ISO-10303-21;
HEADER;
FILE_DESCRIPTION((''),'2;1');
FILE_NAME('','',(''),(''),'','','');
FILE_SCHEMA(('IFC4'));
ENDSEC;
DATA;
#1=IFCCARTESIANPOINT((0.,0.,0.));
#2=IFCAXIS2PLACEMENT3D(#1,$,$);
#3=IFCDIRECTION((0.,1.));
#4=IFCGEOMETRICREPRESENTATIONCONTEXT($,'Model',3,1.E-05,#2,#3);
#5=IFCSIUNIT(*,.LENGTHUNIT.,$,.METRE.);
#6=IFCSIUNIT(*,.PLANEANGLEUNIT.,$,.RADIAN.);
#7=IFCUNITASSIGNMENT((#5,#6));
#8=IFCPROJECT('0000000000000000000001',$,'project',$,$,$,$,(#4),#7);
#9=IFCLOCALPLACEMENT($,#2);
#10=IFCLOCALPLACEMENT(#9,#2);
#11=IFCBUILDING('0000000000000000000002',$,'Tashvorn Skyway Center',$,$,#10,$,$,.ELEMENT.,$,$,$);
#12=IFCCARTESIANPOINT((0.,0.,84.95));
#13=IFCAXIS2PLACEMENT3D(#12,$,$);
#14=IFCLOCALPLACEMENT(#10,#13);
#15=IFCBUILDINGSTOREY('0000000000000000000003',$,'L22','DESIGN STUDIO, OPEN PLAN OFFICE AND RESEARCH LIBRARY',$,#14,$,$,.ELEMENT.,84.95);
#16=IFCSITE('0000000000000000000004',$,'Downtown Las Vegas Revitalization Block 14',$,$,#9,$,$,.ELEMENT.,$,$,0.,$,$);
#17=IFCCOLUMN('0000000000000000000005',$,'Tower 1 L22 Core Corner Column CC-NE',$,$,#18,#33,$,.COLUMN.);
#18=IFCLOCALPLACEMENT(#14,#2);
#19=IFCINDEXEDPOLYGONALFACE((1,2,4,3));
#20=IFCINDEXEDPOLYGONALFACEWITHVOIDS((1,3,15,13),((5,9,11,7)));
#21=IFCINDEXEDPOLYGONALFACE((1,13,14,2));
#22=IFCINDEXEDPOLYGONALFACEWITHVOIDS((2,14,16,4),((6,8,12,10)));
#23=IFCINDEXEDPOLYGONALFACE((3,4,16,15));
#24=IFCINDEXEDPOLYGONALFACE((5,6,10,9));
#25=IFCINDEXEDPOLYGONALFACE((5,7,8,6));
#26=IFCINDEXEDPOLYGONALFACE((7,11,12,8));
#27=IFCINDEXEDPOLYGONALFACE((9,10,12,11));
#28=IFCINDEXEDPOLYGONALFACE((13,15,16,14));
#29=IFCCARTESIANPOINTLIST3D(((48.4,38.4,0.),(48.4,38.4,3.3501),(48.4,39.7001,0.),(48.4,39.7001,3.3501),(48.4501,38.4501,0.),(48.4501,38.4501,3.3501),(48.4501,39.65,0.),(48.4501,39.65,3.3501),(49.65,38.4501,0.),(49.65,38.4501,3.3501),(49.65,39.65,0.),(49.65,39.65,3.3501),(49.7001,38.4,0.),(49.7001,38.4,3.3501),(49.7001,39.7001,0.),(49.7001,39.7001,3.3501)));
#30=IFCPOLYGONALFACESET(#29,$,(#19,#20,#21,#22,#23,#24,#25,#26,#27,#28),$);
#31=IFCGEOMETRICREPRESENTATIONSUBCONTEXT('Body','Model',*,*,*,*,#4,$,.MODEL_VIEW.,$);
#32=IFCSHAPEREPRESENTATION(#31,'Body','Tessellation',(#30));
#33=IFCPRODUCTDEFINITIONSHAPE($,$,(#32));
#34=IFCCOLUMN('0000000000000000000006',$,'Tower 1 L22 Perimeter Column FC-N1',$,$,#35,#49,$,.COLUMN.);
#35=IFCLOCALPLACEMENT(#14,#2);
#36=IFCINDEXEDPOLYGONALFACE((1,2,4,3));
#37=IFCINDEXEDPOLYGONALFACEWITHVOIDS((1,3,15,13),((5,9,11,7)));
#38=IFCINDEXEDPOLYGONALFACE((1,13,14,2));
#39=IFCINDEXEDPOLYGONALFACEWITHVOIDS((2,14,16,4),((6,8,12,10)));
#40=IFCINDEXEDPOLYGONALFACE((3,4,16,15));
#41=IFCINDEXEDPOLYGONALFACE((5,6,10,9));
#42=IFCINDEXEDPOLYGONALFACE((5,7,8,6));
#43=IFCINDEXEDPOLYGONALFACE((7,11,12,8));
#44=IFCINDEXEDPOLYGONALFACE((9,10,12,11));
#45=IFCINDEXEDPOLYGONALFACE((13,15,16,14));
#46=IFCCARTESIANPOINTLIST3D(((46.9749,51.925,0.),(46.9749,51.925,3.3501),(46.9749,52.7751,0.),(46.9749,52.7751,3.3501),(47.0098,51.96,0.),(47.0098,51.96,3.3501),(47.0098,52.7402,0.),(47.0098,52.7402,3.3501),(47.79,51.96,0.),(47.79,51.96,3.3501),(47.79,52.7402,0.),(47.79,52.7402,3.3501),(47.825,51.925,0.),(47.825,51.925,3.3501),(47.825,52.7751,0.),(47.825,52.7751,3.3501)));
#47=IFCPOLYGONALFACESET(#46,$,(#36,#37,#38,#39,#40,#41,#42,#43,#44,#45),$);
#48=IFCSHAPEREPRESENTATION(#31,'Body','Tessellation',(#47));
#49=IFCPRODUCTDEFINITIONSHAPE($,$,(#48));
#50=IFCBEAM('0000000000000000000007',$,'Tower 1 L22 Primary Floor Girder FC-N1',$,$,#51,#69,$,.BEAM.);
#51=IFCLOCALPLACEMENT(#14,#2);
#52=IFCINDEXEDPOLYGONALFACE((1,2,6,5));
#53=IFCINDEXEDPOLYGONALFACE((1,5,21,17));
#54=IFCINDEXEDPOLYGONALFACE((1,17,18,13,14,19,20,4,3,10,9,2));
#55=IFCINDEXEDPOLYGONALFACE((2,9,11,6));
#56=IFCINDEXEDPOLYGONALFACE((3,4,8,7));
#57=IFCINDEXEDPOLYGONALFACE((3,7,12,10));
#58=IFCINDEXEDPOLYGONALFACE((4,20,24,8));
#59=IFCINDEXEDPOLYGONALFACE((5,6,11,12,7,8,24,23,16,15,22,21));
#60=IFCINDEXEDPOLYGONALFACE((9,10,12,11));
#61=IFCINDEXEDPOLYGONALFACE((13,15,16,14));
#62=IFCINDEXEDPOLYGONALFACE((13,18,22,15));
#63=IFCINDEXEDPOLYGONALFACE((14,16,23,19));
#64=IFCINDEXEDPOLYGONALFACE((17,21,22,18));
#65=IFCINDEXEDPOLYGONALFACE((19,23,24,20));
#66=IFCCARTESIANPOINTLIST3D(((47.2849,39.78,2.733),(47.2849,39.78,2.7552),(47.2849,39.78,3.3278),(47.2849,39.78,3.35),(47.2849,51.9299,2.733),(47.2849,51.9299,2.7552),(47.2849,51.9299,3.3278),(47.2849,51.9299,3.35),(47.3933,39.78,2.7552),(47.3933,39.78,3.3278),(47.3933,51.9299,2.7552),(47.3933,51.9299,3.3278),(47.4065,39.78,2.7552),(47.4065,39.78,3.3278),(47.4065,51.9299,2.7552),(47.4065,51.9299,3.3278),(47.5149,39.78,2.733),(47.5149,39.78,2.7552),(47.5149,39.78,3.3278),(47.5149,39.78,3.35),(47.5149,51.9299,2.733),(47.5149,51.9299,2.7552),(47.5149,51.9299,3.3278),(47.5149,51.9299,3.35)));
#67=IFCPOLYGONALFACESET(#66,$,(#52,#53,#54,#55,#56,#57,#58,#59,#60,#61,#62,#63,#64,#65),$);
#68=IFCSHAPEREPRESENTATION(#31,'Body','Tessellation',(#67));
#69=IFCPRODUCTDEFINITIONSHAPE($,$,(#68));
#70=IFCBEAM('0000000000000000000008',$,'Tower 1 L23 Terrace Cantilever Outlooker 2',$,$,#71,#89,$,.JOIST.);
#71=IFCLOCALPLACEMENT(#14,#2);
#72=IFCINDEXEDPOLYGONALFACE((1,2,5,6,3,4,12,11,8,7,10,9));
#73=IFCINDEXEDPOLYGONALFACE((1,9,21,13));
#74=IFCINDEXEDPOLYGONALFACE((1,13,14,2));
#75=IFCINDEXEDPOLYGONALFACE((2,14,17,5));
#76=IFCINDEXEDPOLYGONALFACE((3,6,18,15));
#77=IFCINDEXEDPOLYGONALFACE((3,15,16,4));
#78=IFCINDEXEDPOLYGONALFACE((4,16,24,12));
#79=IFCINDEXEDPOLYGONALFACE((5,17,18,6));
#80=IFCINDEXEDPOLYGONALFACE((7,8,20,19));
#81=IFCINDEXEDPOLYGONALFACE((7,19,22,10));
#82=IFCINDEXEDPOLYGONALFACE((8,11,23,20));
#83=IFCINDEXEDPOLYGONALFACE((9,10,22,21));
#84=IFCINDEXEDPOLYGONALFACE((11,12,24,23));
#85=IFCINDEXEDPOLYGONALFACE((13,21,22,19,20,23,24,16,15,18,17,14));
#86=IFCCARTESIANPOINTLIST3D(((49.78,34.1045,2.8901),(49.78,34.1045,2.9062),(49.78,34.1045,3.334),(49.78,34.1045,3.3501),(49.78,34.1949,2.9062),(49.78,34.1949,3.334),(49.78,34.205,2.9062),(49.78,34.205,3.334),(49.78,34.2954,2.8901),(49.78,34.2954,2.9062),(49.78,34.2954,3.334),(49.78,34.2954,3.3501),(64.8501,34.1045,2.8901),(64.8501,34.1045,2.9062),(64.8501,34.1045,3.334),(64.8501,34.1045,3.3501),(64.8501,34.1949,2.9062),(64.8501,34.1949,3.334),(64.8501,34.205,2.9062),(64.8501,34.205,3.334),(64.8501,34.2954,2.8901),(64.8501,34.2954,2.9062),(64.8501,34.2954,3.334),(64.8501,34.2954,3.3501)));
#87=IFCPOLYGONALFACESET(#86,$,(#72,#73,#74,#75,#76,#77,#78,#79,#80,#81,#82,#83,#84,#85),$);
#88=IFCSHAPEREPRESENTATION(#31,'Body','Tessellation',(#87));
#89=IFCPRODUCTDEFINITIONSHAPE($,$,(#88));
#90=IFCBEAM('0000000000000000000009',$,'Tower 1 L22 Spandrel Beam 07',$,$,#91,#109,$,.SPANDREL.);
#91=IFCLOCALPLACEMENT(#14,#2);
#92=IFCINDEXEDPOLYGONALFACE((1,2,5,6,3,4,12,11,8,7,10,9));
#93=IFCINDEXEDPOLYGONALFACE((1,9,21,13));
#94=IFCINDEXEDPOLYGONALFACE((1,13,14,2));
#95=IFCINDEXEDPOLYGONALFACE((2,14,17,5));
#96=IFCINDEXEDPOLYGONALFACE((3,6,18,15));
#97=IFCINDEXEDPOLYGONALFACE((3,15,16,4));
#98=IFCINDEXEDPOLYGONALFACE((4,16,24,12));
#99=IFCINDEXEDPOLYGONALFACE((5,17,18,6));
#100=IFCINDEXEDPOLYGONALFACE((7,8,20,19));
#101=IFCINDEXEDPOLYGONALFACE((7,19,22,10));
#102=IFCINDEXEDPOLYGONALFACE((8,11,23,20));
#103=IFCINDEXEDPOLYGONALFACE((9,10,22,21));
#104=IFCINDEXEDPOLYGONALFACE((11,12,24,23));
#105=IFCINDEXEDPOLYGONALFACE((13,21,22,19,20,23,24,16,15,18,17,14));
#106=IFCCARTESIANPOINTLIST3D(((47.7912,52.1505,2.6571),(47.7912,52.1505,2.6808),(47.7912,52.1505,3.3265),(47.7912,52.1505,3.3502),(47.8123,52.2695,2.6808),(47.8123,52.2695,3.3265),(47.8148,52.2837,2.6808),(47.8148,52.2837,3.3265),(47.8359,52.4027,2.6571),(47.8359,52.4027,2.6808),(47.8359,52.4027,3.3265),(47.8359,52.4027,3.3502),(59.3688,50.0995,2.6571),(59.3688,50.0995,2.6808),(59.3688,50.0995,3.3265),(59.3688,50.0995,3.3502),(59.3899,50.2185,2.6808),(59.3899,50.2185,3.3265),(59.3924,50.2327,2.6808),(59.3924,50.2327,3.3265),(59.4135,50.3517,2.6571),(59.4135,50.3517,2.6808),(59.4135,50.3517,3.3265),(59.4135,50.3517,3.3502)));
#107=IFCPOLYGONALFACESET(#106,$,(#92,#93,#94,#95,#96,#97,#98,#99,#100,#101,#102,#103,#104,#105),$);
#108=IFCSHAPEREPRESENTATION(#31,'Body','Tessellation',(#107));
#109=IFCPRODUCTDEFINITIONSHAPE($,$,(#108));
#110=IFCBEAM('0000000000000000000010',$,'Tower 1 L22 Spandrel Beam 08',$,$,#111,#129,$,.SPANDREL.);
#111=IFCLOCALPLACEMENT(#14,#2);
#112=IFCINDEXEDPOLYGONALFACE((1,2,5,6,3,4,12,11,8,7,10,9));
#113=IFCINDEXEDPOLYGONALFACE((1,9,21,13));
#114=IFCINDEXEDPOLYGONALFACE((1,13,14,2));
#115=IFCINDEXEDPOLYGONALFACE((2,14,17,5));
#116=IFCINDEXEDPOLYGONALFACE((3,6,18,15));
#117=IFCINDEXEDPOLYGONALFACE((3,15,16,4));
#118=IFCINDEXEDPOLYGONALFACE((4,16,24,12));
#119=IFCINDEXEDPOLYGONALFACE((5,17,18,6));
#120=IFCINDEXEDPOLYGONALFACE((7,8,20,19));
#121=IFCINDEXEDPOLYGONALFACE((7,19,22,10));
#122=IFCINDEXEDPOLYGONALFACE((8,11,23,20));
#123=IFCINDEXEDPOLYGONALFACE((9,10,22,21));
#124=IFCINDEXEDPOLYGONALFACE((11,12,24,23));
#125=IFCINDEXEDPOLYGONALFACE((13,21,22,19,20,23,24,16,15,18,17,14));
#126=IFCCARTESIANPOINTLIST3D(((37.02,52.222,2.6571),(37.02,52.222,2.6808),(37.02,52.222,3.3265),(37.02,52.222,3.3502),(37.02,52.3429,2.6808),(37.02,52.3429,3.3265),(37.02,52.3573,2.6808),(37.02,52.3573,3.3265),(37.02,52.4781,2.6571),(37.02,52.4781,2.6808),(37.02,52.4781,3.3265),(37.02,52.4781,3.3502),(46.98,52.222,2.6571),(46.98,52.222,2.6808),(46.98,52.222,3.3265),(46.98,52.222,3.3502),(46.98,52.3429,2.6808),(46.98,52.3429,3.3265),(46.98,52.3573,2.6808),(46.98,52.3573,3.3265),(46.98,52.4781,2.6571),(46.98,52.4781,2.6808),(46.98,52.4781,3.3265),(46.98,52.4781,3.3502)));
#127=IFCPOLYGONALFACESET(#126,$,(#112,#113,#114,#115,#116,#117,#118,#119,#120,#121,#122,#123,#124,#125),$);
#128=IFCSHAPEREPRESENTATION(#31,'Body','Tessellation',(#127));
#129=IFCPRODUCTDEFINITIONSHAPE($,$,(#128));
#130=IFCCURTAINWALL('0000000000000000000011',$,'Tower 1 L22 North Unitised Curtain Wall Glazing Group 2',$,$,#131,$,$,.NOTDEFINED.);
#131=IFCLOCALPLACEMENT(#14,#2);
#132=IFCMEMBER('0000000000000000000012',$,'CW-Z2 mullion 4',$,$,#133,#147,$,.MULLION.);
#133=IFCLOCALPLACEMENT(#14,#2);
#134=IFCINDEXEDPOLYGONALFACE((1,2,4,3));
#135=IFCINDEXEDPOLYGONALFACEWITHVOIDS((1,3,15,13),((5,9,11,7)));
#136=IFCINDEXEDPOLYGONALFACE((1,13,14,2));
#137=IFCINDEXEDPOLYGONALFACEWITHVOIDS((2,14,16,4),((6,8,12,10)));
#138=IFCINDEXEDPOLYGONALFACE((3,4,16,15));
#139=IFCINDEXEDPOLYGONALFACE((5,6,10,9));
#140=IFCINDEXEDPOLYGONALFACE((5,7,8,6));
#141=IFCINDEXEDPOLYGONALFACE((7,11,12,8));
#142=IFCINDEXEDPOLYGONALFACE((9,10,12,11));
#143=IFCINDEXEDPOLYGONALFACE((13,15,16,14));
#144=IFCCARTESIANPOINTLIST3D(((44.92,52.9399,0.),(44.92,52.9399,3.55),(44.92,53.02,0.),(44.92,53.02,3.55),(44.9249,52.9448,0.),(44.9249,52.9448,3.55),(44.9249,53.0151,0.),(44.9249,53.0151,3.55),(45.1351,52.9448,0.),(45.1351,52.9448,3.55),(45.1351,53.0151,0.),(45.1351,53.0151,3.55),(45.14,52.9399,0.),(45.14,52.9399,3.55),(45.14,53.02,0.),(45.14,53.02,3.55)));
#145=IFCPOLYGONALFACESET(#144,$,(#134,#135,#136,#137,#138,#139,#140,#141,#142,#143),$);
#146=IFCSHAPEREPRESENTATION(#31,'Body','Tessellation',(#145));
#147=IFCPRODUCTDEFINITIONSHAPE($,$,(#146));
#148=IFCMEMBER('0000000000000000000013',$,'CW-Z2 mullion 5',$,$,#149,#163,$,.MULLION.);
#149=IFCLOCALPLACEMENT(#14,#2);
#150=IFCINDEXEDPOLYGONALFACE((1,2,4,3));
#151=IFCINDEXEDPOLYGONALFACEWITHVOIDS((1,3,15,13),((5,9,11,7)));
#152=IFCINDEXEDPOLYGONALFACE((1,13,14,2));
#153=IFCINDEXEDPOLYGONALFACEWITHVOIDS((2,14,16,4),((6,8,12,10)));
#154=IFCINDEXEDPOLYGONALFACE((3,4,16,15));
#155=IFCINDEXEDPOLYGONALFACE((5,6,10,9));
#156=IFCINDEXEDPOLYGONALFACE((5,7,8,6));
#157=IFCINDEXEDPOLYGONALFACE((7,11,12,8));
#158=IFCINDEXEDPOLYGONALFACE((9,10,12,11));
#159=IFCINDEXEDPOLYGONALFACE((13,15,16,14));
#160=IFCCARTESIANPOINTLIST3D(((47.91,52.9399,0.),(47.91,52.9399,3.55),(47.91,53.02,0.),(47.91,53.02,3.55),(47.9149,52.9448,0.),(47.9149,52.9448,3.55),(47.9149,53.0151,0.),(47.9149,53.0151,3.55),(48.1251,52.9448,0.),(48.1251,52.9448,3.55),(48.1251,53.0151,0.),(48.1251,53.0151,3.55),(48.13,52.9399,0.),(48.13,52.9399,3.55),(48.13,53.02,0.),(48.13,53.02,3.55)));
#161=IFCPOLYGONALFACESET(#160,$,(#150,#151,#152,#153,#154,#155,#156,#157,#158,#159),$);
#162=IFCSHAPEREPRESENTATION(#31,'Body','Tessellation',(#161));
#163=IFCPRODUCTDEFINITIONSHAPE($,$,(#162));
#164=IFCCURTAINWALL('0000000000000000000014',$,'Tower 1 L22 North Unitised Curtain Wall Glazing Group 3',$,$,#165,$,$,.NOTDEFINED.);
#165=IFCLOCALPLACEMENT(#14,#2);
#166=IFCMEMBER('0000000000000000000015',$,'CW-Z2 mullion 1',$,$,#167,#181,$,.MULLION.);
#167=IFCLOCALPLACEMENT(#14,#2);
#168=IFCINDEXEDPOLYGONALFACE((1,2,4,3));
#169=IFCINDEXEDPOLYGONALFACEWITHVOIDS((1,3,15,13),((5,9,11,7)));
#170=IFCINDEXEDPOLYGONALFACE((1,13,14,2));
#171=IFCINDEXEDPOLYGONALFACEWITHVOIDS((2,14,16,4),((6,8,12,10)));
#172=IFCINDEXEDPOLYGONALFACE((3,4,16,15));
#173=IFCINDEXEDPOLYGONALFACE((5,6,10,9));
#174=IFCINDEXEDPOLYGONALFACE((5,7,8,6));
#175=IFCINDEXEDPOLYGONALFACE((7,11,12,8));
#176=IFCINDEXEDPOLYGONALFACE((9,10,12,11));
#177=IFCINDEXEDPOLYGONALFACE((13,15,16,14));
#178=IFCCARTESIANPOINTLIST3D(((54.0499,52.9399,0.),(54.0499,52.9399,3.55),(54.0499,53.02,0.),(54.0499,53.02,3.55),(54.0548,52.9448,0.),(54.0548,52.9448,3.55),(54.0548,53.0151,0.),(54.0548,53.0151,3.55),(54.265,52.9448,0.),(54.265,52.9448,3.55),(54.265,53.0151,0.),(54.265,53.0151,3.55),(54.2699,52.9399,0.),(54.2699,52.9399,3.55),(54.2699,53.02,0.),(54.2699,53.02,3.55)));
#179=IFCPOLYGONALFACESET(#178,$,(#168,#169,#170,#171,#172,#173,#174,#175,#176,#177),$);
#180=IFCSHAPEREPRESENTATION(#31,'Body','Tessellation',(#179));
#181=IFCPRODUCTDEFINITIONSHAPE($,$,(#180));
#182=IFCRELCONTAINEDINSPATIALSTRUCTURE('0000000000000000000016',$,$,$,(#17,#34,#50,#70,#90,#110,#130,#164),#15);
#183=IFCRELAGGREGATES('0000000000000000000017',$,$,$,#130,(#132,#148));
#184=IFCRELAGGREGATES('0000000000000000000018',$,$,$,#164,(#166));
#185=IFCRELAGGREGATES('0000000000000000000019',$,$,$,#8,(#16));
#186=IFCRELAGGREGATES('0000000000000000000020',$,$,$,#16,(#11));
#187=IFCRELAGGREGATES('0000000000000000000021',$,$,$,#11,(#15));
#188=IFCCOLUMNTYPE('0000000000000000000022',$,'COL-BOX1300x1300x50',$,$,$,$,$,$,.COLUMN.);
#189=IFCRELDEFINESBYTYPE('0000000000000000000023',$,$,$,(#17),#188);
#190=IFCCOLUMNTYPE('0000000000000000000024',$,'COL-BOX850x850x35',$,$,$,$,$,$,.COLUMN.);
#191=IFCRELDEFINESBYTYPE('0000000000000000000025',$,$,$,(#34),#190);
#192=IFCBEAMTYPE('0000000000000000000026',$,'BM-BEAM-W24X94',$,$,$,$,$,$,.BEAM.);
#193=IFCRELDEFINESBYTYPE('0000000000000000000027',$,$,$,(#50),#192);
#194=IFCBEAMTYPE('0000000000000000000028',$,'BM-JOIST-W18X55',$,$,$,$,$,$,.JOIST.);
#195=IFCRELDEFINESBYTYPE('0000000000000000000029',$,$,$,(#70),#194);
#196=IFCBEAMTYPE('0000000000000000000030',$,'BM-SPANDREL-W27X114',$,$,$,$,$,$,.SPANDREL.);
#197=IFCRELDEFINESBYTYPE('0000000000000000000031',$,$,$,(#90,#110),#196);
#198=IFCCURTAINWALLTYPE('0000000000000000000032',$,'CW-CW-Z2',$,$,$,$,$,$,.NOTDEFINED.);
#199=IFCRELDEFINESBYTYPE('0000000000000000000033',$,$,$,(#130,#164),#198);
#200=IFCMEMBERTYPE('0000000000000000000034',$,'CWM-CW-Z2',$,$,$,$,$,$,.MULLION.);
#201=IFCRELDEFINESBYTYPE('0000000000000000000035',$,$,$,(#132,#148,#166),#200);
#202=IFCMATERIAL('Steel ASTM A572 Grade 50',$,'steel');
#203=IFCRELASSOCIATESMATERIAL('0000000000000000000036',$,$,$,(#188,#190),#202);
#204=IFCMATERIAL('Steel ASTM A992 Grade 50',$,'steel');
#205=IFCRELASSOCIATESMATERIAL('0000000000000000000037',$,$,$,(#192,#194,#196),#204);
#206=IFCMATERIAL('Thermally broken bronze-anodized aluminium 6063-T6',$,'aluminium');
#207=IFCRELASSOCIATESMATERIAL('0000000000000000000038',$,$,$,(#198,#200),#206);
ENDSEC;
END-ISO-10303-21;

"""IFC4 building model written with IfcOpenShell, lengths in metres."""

from ifc_helpers import new_model, si_unit, direction, frame, origin, origin_2d, place, context, subcontext, project, spatial, hollow_rectangle, i_section, extrude, material, material_profile, profile_set, type_object, element, aggregate, save


model = new_model("IFC4")

# Units and contexts
model_context = context("Model", 3, precision=1e-05, world=origin(), true_north=direction((0.0, 1.0)))
body_context = subcontext(model_context, "Body", "Model", "MODEL_VIEW")
ifc_project = project(units=[si_unit("LENGTHUNIT", "METRE"), si_unit("PLANEANGLEUNIT", "RADIAN")], contexts=[model_context])

# Site, building, storey
site_placement = place(None, origin())
site = spatial("IfcSite", under=ifc_project, at=site_placement, Name="Downtown Las Vegas Revitalization Block 14", CompositionType="ELEMENT", RefElevation=0.0)
building_placement = place(site_placement, origin())
building = spatial("IfcBuilding", under=site, at=building_placement, Name="Tashvorn Skyway Center", CompositionType="ELEMENT")
storey_placement = place(building_placement, frame((0.0, 0.0, 84.95)))
storey = spatial("IfcBuildingStorey", under=building, at=storey_placement, Name="L22", Description="DESIGN STUDIO, OPEN PLAN OFFICE AND RESEARCH LIBRARY", CompositionType="ELEMENT", Elevation=84.95)

# Columns
ifc_material_1 = material(Name="Steel ASTM A572 Grade 50", Category="steel")
ifc_material_profile_1 = material_profile(ifc_material_1, hollow_rectangle(XDim=1.3, YDim=1.3, WallThickness=0.05, at=origin_2d()), Name="BOX1300x1300x50")
ifc_profile_set_1 = profile_set([ifc_material_profile_1], Name="Steel ASTM A572 Grade 50")
column_type_1 = type_object("IfcColumnType", Name="COL-BOX1300x1300x50", PredefinedType="COLUMN", material=ifc_profile_set_1)
column_1_placement = place(storey_placement, frame((49.05, 39.05, 0.0), z_axis=(0.0, 0.0, 1.0), x_axis=(1.0, 0.0, 0.0)))
element("IfcColumn", 1, at=column_1_placement, inside=storey, type_object=column_type_1, Name="Tower 1 L22 Core Corner Column CC-NE", PredefinedType="COLUMN", context=body_context, shape_type="SweptSolid", body=[
    extrude(hollow_rectangle(XDim=1.3, YDim=1.3, WallThickness=0.05, at=origin_2d()), origin(), (0.0, 0.0, 1.0), 3.3501),
])
ifc_material_profile_2 = material_profile(ifc_material_1, hollow_rectangle(XDim=0.8501, YDim=0.8501, WallThickness=0.0349, at=origin_2d()), Name="BOX850x850x35")
ifc_profile_set_2 = profile_set([ifc_material_profile_2], Name="Steel ASTM A572 Grade 50")
column_type_2 = type_object("IfcColumnType", Name="COL-BOX850x850x35", PredefinedType="COLUMN", material=ifc_profile_set_2)
column_2_placement = place(storey_placement, frame((47.3999, 52.3501, 0.0), z_axis=(0.0, 0.0, 1.0), x_axis=(1.0, 0.0, 0.0)))
element("IfcColumn", 2, at=column_2_placement, inside=storey, type_object=column_type_2, Name="Tower 1 L22 Perimeter Column FC-N1", PredefinedType="COLUMN", context=body_context, shape_type="SweptSolid", body=[
    extrude(hollow_rectangle(XDim=0.8501, YDim=0.8501, WallThickness=0.0349, at=origin_2d()), origin(), (0.0, 0.0, 1.0), 3.3501),
])

# Beams
ifc_material_2 = material(Name="Steel ASTM A992 Grade 50", Category="steel")
ifc_material_profile_3 = material_profile(ifc_material_2, i_section(OverallWidth=0.23, OverallDepth=0.6169, WebThickness=0.0132, FlangeThickness=0.0222, at=origin_2d()), Name="W24X94")
ifc_profile_set_3 = profile_set([ifc_material_profile_3], Name="Steel ASTM A992 Grade 50")
beam_type_1 = type_object("IfcBeamType", Name="BM-BEAM-W24X94", PredefinedType="BEAM", material=ifc_profile_set_3)
beam_1_placement = place(storey_placement, frame((47.3999, 51.9299, 3.0415), z_axis=(0.0, -1.0, 0.0), x_axis=(1.0, 0.0, 0.0)))
element("IfcBeam", 3, at=beam_1_placement, inside=storey, type_object=beam_type_1, Name="Tower 1 L22 Primary Floor Girder FC-N1", PredefinedType="BEAM", context=body_context, shape_type="SweptSolid", body=[
    extrude(i_section(OverallWidth=0.23, OverallDepth=0.6169, WebThickness=0.0132, FlangeThickness=0.0222, at=origin_2d()), origin(), (0.0, 0.0, 1.0), 12.1499),
])
ifc_material_profile_4 = material_profile(ifc_material_2, i_section(OverallWidth=0.1909, OverallDepth=0.46, WebThickness=0.01, FlangeThickness=0.0161, at=origin_2d()), Name="W18X55")
ifc_profile_set_4 = profile_set([ifc_material_profile_4], Name="Steel ASTM A992 Grade 50")
beam_type_2 = type_object("IfcBeamType", Name="BM-JOIST-W18X55", PredefinedType="JOIST", material=ifc_profile_set_4)
beam_2_placement = place(storey_placement, frame((49.78, 34.2, 3.1201), z_axis=(1.0, 0.0, 0.0), x_axis=(0.0, 1.0, 0.0)))
element("IfcBeam", 4, at=beam_2_placement, inside=storey, type_object=beam_type_2, Name="Tower 1 L23 Terrace Cantilever Outlooker 2", PredefinedType="JOIST", context=body_context, shape_type="SweptSolid", body=[
    extrude(i_section(OverallWidth=0.1909, OverallDepth=0.46, WebThickness=0.01, FlangeThickness=0.0161, at=origin_2d()), origin(), (0.0, 0.0, 1.0), 15.0701),
])
ifc_material_profile_5 = material_profile(ifc_material_2, i_section(OverallWidth=0.2561, OverallDepth=0.6931, WebThickness=0.0144, FlangeThickness=0.0237, at=origin_2d()), Name="W27X114")
ifc_profile_set_5 = profile_set([ifc_material_profile_5], Name="Steel ASTM A992 Grade 50")
beam_type_3 = type_object("IfcBeamType", Name="BM-SPANDREL-W27X114", PredefinedType="SPANDREL", material=ifc_profile_set_5)
beam_3_placement = place(storey_placement, frame((59.3911, 50.2256, 3.0037), z_axis=(-0.984668, 0.174438, 0.0), x_axis=(-0.174438, -0.984668, 0.0)))
element("IfcBeam", 5, at=beam_3_placement, inside=storey, type_object=beam_type_3, Name="Tower 1 L22 Spandrel Beam 07", PredefinedType="SPANDREL", context=body_context, shape_type="SweptSolid", body=[
    extrude(i_section(OverallWidth=0.2561, OverallDepth=0.6931, WebThickness=0.0144, FlangeThickness=0.0237, at=origin_2d()), origin(), (0.0, 0.0, 1.0), 11.7578),
])
beam_4_placement = place(storey_placement, frame((46.98, 52.3501, 3.0037), z_axis=(-1.0, 0.0, 0.0), x_axis=(0.0, -1.0, 0.0)))
element("IfcBeam", 6, at=beam_4_placement, inside=storey, type_object=beam_type_3, Name="Tower 1 L22 Spandrel Beam 08", PredefinedType="SPANDREL", context=body_context, shape_type="SweptSolid", body=[
    extrude(i_section(OverallWidth=0.2561, OverallDepth=0.6931, WebThickness=0.0144, FlangeThickness=0.0237, at=origin_2d()), origin(), (0.0, 0.0, 1.0), 9.96),
])

# Curtain walls, members
ifc_material_3 = material(Name="Thermally broken bronze-anodized aluminium 6063-T6", Category="aluminium")
curtain_wall_type = type_object("IfcCurtainWallType", Name="CW-CW-Z2", PredefinedType="NOTDEFINED", material=ifc_material_3)
curtain_wall_1_placement = place(storey_placement, origin())
curtain_wall_1 = element("IfcCurtainWall", 7, at=curtain_wall_1_placement, inside=storey, type_object=curtain_wall_type, Name="Tower 1 L22 North Unitised Curtain Wall Glazing Group 2", PredefinedType="NOTDEFINED")
ifc_material_profile_6 = material_profile(ifc_material_3, hollow_rectangle(XDim=0.0801, YDim=0.22, WallThickness=0.0049, at=origin_2d()), Name="ALU-MULL-80x220")
ifc_profile_set_6 = profile_set([ifc_material_profile_6], Name="Thermally broken bronze-anodized aluminium 6063-T6")
member_type_1 = type_object("IfcMemberType", Name="CWM-CW-Z2", PredefinedType="MULLION", material=ifc_profile_set_6)
member_1_placement = place(storey_placement, frame((45.03, 52.98, 0.0), z_axis=(0.0, 0.0, 1.0), x_axis=(0.0, 1.0, 0.0)))
member_1 = element("IfcMember", 8, at=member_1_placement, type_object=member_type_1, Name="CW-Z2 mullion 4", PredefinedType="MULLION", context=body_context, shape_type="SweptSolid", body=[
    extrude(hollow_rectangle(XDim=0.0801, YDim=0.22, WallThickness=0.0049, at=origin_2d()), origin(), (0.0, 0.0, 1.0), 3.55),
])
member_2_placement = place(storey_placement, frame((48.02, 52.98, 0.0), z_axis=(0.0, 0.0, 1.0), x_axis=(0.0, 1.0, 0.0)))
member_2 = element("IfcMember", 9, at=member_2_placement, type_object=member_type_1, Name="CW-Z2 mullion 5", PredefinedType="MULLION", context=body_context, shape_type="SweptSolid", body=[
    extrude(hollow_rectangle(XDim=0.0801, YDim=0.22, WallThickness=0.0049, at=origin_2d()), origin(), (0.0, 0.0, 1.0), 3.55),
])
curtain_wall_2_placement = place(storey_placement, origin())
curtain_wall_2 = element("IfcCurtainWall", 10, at=curtain_wall_2_placement, inside=storey, type_object=curtain_wall_type, Name="Tower 1 L22 North Unitised Curtain Wall Glazing Group 3", PredefinedType="NOTDEFINED")
member_3_placement = place(storey_placement, frame((54.1599, 52.98, 0.0), z_axis=(0.0, 0.0, 1.0), x_axis=(0.0, 1.0, 0.0)))
member_3 = element("IfcMember", 11, at=member_3_placement, type_object=member_type_1, Name="CW-Z2 mullion 1", PredefinedType="MULLION", context=body_context, shape_type="SweptSolid", body=[
    extrude(hollow_rectangle(XDim=0.0801, YDim=0.22, WallThickness=0.0049, at=origin_2d()), origin(), (0.0, 0.0, 1.0), 3.55),
])

aggregate(curtain_wall_1, [member_1, member_2])
aggregate(curtain_wall_2, [member_3])

save(model, "model.ifc")
